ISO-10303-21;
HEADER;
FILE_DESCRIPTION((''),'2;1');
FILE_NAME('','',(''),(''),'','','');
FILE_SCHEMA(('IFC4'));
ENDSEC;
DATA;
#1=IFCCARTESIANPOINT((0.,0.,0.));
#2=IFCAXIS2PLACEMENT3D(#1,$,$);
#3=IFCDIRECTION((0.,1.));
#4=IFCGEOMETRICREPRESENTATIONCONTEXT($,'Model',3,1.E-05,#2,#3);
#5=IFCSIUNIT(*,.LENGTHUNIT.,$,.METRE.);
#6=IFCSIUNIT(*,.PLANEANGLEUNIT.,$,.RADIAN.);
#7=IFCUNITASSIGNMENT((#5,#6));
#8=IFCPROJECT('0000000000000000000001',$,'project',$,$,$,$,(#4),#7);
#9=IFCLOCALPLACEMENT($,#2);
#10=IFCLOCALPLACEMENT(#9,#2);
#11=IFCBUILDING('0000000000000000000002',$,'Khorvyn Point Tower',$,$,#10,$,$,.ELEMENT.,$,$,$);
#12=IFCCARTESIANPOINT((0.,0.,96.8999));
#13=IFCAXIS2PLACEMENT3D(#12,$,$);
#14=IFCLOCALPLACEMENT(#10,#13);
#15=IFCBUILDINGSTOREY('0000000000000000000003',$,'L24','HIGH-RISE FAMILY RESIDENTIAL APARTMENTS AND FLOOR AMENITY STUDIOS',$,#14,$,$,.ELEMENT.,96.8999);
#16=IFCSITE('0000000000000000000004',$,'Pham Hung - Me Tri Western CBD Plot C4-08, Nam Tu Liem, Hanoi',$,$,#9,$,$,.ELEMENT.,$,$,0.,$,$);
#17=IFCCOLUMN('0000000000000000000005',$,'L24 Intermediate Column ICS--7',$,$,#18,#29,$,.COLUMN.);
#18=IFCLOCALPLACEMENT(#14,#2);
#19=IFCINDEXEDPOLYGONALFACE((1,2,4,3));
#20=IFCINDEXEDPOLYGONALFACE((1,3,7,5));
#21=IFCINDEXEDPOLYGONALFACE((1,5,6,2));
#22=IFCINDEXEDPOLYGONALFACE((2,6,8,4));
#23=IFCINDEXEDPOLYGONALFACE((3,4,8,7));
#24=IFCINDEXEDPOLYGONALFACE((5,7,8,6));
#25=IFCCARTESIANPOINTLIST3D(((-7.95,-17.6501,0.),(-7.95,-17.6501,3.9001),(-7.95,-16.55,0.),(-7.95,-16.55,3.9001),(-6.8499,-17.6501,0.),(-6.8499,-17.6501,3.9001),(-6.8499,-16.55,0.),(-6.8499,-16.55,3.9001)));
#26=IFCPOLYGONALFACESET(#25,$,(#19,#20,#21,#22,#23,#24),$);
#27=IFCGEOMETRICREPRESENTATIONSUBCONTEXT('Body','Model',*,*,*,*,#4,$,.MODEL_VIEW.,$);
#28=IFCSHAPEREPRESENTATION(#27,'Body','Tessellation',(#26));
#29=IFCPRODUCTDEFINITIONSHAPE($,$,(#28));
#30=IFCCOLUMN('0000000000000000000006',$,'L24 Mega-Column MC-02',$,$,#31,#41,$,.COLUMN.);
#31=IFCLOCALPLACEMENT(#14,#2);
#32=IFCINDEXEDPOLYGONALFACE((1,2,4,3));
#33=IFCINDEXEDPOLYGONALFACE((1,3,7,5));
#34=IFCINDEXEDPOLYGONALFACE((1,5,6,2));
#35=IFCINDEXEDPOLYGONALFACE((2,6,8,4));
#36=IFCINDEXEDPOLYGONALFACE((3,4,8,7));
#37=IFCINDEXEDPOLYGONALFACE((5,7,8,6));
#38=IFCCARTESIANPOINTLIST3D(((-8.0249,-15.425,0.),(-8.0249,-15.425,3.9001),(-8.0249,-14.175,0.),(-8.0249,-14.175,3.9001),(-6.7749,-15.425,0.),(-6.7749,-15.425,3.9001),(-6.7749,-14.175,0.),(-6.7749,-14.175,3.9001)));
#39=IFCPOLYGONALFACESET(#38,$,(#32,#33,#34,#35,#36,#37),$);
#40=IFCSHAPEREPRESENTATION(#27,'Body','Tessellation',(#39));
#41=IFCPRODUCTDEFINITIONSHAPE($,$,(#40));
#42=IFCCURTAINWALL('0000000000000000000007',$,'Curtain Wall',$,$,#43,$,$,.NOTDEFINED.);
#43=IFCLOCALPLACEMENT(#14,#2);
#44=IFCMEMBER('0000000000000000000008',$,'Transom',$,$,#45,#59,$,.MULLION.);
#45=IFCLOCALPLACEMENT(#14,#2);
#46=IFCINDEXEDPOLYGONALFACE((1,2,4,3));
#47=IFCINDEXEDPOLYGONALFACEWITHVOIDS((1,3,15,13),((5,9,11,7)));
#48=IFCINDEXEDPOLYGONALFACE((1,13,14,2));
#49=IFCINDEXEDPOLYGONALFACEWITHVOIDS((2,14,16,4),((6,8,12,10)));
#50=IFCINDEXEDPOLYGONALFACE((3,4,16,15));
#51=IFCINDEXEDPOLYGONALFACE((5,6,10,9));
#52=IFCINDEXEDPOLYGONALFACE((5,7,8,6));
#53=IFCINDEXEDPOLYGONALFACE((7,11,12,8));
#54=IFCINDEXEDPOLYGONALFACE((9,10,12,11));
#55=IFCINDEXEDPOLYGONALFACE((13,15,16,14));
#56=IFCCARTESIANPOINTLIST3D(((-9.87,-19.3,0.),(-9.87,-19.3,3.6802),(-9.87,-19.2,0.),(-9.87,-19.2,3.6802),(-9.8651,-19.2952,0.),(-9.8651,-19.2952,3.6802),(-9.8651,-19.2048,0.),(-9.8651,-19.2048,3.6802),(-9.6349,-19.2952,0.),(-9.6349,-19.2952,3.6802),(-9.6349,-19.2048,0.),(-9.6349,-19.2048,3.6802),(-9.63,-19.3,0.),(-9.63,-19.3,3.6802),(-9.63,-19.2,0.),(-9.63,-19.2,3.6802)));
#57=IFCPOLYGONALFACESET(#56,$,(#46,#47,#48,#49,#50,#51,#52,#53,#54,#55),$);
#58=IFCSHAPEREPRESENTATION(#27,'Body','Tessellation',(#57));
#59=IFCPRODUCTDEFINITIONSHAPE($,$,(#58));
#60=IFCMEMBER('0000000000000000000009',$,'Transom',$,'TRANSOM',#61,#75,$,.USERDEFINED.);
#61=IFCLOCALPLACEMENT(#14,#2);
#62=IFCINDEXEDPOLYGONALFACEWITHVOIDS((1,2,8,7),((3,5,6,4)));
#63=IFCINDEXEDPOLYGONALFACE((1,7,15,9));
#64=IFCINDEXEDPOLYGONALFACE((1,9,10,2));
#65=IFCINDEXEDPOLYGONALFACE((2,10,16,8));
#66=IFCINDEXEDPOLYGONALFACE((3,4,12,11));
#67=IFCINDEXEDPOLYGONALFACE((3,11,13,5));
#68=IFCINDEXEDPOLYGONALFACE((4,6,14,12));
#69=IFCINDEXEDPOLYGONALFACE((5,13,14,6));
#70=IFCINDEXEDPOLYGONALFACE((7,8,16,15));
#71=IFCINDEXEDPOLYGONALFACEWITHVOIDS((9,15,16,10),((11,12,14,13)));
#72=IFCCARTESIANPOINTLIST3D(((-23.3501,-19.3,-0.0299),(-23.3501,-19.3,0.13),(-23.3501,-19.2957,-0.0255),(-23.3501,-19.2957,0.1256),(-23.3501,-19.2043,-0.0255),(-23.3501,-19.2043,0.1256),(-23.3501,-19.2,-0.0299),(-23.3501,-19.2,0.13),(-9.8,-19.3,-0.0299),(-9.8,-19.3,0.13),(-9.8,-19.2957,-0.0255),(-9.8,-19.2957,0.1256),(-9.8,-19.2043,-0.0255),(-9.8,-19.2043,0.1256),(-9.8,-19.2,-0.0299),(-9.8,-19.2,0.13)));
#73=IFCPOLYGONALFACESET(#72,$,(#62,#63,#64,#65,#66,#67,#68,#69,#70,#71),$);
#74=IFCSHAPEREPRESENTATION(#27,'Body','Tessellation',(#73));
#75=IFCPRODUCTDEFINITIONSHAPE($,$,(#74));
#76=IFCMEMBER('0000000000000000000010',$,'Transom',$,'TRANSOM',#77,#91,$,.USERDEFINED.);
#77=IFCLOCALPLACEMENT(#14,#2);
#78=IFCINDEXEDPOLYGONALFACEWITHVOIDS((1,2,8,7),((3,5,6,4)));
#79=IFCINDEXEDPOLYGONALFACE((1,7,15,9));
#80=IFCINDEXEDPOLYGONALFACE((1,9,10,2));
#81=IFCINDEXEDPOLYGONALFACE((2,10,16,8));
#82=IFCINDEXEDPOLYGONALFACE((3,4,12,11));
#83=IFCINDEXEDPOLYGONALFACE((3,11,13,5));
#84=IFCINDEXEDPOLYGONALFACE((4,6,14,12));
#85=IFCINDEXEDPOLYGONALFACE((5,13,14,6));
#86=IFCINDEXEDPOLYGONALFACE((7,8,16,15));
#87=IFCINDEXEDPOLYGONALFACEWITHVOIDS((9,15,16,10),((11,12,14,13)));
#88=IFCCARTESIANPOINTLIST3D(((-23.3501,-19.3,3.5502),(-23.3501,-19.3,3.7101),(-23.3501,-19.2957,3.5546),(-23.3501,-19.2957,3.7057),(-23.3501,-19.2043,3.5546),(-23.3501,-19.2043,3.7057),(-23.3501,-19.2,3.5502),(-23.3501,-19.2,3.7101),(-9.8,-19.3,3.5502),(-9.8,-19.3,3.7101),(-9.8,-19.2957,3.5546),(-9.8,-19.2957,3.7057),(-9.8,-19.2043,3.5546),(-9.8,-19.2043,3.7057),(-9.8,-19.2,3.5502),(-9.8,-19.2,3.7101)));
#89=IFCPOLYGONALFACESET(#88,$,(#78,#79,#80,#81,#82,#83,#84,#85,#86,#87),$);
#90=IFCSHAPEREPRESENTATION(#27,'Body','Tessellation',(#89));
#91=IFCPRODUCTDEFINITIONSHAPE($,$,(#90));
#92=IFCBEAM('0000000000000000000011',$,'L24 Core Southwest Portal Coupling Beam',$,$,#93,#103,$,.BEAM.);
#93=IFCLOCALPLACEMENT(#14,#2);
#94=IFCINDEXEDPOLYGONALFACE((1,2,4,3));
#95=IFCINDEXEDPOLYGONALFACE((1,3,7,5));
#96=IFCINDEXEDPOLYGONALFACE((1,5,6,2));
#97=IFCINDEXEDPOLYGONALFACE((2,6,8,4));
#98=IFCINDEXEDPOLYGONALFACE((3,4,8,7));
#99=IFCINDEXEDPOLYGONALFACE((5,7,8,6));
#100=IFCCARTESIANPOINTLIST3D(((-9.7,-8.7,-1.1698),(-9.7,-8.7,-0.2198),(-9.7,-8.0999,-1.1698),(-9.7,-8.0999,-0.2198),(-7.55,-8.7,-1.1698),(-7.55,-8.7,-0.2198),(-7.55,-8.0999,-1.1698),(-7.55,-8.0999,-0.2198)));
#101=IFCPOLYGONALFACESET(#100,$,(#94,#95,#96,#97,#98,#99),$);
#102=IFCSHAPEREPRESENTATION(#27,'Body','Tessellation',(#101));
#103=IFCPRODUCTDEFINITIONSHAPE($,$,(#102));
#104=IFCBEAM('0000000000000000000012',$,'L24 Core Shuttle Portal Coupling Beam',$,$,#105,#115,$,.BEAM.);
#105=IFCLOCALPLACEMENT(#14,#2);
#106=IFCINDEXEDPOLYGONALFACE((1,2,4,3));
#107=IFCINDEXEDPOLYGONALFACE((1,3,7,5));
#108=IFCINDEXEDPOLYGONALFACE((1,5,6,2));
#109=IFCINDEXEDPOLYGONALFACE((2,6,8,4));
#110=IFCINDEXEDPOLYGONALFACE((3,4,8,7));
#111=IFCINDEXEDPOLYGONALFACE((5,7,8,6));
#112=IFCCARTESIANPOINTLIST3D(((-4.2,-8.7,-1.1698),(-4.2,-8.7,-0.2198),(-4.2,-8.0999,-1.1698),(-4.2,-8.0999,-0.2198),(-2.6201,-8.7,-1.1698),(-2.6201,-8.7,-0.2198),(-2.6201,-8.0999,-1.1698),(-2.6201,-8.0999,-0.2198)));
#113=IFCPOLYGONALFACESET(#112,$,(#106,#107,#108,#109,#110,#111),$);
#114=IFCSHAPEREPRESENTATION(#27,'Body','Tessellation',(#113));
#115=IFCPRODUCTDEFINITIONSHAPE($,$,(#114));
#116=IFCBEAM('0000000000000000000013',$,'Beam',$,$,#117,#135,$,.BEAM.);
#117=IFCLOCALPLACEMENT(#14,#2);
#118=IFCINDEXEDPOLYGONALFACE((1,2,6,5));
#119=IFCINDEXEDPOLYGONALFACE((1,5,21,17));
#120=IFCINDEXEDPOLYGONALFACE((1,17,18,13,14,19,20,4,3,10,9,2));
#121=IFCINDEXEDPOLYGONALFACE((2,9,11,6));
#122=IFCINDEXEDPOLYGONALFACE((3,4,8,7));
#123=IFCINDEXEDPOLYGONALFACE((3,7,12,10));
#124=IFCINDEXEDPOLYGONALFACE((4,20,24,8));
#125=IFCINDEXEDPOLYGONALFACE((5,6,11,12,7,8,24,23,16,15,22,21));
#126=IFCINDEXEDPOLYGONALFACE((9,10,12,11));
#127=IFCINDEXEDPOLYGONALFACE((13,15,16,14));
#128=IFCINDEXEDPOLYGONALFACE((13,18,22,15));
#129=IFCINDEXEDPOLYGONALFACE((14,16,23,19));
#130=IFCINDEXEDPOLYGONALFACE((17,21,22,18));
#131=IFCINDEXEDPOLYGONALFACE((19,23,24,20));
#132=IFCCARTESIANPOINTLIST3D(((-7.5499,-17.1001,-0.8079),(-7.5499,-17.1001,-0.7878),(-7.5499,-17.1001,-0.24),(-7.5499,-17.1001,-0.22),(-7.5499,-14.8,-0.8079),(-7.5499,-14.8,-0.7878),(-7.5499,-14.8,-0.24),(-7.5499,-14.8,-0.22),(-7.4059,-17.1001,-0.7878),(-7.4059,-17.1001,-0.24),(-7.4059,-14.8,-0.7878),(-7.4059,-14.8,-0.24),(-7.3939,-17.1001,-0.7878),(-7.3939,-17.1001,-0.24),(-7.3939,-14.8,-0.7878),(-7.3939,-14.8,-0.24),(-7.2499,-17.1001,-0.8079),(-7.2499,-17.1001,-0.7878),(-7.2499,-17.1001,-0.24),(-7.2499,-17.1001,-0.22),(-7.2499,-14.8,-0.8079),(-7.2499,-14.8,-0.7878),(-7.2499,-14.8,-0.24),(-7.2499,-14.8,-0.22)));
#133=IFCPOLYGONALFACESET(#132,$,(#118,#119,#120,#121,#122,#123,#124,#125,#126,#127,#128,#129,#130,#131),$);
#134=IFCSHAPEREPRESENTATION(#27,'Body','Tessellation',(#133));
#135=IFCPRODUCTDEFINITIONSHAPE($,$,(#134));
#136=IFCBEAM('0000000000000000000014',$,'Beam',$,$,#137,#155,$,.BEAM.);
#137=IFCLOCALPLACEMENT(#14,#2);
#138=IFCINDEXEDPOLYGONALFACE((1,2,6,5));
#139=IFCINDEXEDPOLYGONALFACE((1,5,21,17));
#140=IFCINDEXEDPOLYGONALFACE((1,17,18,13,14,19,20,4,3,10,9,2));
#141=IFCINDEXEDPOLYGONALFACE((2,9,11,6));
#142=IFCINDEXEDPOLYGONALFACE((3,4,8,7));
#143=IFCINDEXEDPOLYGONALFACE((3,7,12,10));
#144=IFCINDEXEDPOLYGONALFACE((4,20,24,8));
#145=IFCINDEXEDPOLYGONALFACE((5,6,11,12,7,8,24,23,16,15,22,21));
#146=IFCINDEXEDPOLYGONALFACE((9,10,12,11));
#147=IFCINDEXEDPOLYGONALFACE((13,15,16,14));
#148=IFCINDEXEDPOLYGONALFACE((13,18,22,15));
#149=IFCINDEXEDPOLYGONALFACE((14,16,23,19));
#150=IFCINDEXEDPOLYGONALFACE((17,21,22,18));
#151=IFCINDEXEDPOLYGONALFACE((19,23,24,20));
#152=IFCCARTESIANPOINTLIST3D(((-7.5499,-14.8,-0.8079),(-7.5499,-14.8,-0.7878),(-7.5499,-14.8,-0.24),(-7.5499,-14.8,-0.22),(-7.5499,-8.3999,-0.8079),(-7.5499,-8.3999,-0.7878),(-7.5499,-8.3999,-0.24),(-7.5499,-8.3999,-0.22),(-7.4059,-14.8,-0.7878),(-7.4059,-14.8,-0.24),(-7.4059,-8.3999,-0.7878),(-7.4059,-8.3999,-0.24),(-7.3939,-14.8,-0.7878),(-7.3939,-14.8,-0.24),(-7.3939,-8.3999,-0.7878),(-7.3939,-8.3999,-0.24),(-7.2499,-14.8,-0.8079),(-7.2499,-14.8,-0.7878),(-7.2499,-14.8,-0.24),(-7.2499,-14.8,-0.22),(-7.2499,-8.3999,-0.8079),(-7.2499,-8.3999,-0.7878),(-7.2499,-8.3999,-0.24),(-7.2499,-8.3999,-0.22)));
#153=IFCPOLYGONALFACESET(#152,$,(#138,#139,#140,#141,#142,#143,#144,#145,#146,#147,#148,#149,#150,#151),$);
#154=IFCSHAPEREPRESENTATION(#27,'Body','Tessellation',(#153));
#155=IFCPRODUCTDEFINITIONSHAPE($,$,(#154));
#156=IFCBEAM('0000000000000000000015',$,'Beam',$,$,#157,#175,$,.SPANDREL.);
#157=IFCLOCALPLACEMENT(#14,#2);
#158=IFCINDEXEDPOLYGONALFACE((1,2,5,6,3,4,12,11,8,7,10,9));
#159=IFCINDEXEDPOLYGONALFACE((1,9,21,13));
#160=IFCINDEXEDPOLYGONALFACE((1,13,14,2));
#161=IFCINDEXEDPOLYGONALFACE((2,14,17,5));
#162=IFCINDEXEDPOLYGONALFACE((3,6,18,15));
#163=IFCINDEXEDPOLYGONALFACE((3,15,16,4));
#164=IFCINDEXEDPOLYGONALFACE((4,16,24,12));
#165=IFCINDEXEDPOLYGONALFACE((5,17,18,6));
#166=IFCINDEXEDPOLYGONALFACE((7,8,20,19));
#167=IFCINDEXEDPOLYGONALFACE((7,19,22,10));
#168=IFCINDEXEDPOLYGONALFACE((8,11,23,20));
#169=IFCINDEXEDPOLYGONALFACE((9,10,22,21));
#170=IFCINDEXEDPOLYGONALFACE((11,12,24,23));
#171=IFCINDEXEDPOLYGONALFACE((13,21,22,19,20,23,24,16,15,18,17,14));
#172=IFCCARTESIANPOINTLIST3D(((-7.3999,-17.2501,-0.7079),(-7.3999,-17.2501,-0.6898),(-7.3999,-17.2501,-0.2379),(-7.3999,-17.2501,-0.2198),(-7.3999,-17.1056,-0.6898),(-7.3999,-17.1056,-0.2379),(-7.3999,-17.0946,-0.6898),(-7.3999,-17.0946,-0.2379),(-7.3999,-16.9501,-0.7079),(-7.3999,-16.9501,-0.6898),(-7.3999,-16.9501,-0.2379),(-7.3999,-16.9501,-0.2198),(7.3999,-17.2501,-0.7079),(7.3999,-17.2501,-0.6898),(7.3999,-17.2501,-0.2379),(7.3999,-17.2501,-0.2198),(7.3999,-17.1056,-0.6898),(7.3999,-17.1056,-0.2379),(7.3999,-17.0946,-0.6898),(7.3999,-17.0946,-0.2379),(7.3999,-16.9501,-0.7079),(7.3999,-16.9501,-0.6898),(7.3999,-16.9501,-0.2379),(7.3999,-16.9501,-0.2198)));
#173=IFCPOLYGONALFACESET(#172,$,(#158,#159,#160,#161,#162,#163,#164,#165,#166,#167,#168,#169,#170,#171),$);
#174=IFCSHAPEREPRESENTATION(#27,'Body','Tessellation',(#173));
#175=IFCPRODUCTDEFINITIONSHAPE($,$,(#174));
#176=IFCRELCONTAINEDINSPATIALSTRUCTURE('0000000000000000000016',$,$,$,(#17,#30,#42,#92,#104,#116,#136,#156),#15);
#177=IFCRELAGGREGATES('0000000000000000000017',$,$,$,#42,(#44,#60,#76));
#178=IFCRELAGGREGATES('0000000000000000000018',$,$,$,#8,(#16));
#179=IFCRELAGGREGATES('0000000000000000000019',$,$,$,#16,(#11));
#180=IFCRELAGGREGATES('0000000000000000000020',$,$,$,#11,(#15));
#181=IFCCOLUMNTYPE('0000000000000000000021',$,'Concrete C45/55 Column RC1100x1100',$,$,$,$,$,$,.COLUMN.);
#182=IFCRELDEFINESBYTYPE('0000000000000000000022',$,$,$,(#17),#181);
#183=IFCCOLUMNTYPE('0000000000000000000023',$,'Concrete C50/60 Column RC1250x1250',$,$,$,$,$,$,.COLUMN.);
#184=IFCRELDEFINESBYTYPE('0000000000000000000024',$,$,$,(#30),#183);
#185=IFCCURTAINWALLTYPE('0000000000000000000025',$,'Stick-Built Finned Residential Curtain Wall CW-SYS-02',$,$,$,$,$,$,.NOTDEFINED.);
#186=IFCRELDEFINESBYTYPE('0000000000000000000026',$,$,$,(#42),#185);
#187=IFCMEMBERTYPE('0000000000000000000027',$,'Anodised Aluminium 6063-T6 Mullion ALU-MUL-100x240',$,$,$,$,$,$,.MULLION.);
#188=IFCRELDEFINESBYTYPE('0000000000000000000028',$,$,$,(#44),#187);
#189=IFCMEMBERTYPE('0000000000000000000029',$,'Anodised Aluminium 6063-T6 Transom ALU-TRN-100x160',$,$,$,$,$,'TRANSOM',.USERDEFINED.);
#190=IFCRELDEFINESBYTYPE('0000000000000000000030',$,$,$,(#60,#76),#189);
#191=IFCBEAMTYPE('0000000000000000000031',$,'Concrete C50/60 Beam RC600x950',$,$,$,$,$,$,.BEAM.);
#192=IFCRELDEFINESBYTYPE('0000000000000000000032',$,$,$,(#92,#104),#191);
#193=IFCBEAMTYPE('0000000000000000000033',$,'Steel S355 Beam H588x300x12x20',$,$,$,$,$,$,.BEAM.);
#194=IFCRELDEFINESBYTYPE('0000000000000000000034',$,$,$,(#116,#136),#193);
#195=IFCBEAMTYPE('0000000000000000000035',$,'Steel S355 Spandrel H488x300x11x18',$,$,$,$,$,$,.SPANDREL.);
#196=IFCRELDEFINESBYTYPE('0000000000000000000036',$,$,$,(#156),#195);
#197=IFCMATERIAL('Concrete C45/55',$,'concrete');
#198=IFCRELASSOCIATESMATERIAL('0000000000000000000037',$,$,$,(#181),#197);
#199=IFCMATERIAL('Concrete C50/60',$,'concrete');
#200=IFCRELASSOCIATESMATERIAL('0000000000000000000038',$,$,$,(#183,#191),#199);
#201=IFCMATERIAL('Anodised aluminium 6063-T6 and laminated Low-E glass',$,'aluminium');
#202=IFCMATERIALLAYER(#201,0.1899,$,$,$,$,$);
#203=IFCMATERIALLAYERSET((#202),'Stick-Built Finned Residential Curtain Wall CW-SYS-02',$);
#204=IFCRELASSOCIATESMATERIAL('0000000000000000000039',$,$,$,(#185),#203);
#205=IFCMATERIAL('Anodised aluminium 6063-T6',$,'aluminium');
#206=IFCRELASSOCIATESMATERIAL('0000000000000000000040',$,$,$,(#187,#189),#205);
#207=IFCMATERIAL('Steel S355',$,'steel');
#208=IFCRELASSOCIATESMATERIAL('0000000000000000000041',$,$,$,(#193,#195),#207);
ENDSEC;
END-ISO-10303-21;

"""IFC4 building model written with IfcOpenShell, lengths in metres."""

from ifc_helpers import new_model, si_unit, direction, frame, origin, origin_2d, place, context, subcontext, project, spatial, rectangle, hollow_rectangle, i_section, extrude, material, layer, layer_set, material_profile, profile_set, type_object, element, aggregate, save


model = new_model("IFC4")

# Units and contexts
model_context = context("Model", 3, precision=1e-05, world=origin(), true_north=direction((0.0, 1.0)))
body_context = subcontext(model_context, "Body", "Model", "MODEL_VIEW")
ifc_project = project(units=[si_unit("LENGTHUNIT", "METRE"), si_unit("PLANEANGLEUNIT", "RADIAN")], contexts=[model_context])

# Site, building, storey
site_placement = place(None, origin())
site = spatial("IfcSite", under=ifc_project, at=site_placement, Name="Pham Hung - Me Tri Western CBD Plot C4-08, Nam Tu Liem, Hanoi", CompositionType="ELEMENT", RefElevation=0.0)
building_placement = place(site_placement, origin())
building = spatial("IfcBuilding", under=site, at=building_placement, Name="Khorvyn Point Tower", CompositionType="ELEMENT")
storey_placement = place(building_placement, frame((0.0, 0.0, 96.8999)))
storey = spatial("IfcBuildingStorey", under=building, at=storey_placement, Name="L24", Description="HIGH-RISE FAMILY RESIDENTIAL APARTMENTS AND FLOOR AMENITY STUDIOS", CompositionType="ELEMENT", Elevation=96.8999)

# Columns
ifc_material_1 = material(Name="Concrete C45/55", Category="concrete")
ifc_material_profile_1 = material_profile(ifc_material_1, rectangle(XDim=1.1001, YDim=1.1001, at=origin_2d()))
ifc_profile_set_1 = profile_set([ifc_material_profile_1], Name="Concrete C45/55 RC1100x1100")
column_type_1 = type_object("IfcColumnType", Name="Concrete C45/55 Column RC1100x1100", PredefinedType="COLUMN", material=ifc_profile_set_1)
column_1_placement = place(storey_placement, frame((-7.3999, -17.1001, 0.0), z_axis=(0.0, 0.0, 1.0), x_axis=(1.0, 0.0, 0.0)))
element("IfcColumn", 1, at=column_1_placement, inside=storey, type_object=column_type_1, Name="L24 Intermediate Column ICS--7", PredefinedType="COLUMN", context=body_context, shape_type="SweptSolid", body=[
    extrude(rectangle(XDim=1.1001, YDim=1.1001, at=origin_2d()), origin(), (0.0, 0.0, 1.0), 3.9001),
])
ifc_material_2 = material(Name="Concrete C50/60", Category="concrete")
ifc_material_profile_2 = material_profile(ifc_material_2, rectangle(XDim=1.25, YDim=1.25, at=origin_2d()))
ifc_profile_set_2 = profile_set([ifc_material_profile_2], Name="Concrete C50/60 RC1250x1250")
column_type_2 = type_object("IfcColumnType", Name="Concrete C50/60 Column RC1250x1250", PredefinedType="COLUMN", material=ifc_profile_set_2)
column_2_placement = place(storey_placement, frame((-7.3999, -14.8, 0.0), z_axis=(0.0, 0.0, 1.0), x_axis=(1.0, 0.0, 0.0)))
element("IfcColumn", 2, at=column_2_placement, inside=storey, type_object=column_type_2, Name="L24 Mega-Column MC-02", PredefinedType="COLUMN", context=body_context, shape_type="SweptSolid", body=[
    extrude(rectangle(XDim=1.25, YDim=1.25, at=origin_2d()), origin(), (0.0, 0.0, 1.0), 3.9001),
])

# Curtain wall, members
ifc_material_3 = material(Name="Anodised aluminium 6063-T6 and laminated Low-E glass", Category="aluminium")
ifc_layer_1 = layer(ifc_material_3, 0.1899)
ifc_layer_set_1 = layer_set([ifc_layer_1], Name="Stick-Built Finned Residential Curtain Wall CW-SYS-02")
curtain_wall_type = type_object("IfcCurtainWallType", Name="Stick-Built Finned Residential Curtain Wall CW-SYS-02", PredefinedType="NOTDEFINED", material=ifc_layer_set_1)
curtain_wall_placement = place(storey_placement, origin())
curtain_wall = element("IfcCurtainWall", 3, at=curtain_wall_placement, inside=storey, type_object=curtain_wall_type, Name="Curtain Wall", PredefinedType="NOTDEFINED")
ifc_material_4 = material(Name="Anodised aluminium 6063-T6", Category="aluminium")
ifc_material_profile_3 = material_profile(ifc_material_4, hollow_rectangle(XDim=0.1001, YDim=0.24, WallThickness=0.0049, at=origin_2d()))
ifc_profile_set_3 = profile_set([ifc_material_profile_3], Name="Anodised aluminium 6063-T6 ALU-MUL-100x240")
member_type_1 = type_object("IfcMemberType", Name="Anodised Aluminium 6063-T6 Mullion ALU-MUL-100x240", PredefinedType="MULLION", material=ifc_profile_set_3)
member_1_placement = place(storey_placement, frame((-9.75, -19.25, 0.0), z_axis=(0.0, 0.0, 1.0), x_axis=(0.0, -1.0, 0.0)))
member_1 = element("IfcMember", 4, at=member_1_placement, type_object=member_type_1, Name="Transom", PredefinedType="MULLION", context=body_context, shape_type="SweptSolid", body=[
    extrude(hollow_rectangle(XDim=0.1001, YDim=0.24, WallThickness=0.0049, at=origin_2d()), origin(), (0.0, 0.0, 1.0), 3.6802),
])
ifc_material_profile_4 = material_profile(ifc_material_4, hollow_rectangle(XDim=0.1001, YDim=0.1599, WallThickness=0.0044, at=origin_2d()))
ifc_profile_set_4 = profile_set([ifc_material_profile_4], Name="Anodised aluminium 6063-T6 ALU-TRN-100x160")
member_type_2 = type_object("IfcMemberType", Name="Anodised Aluminium 6063-T6 Transom ALU-TRN-100x160", ElementType="TRANSOM", PredefinedType="USERDEFINED", material=ifc_profile_set_4)
member_2_placement = place(storey_placement, frame((-9.8, -19.25, 0.05), z_axis=(-1.0, 0.0, 0.0), x_axis=(0.0, -1.0, 0.0)))
member_2 = element("IfcMember", 5, at=member_2_placement, type_object=member_type_2, Name="Transom", ObjectType="TRANSOM", PredefinedType="USERDEFINED", context=body_context, shape_type="SweptSolid", body=[
    extrude(hollow_rectangle(XDim=0.1001, YDim=0.1599, WallThickness=0.0044, at=origin_2d()), origin(), (0.0, 0.0, 1.0), 13.55),
])
member_3_placement = place(storey_placement, frame((-9.8, -19.25, 3.6301), z_axis=(-1.0, 0.0, 0.0), x_axis=(0.0, -1.0, 0.0)))
member_3 = element("IfcMember", 6, at=member_3_placement, type_object=member_type_2, Name="Transom", ObjectType="TRANSOM", PredefinedType="USERDEFINED", context=body_context, shape_type="SweptSolid", body=[
    extrude(hollow_rectangle(XDim=0.1001, YDim=0.1599, WallThickness=0.0044, at=origin_2d()), origin(), (0.0, 0.0, 1.0), 13.55),
])

# Beams
ifc_material_profile_5 = material_profile(ifc_material_2, rectangle(XDim=0.6001, YDim=0.95, at=origin_2d()))
ifc_profile_set_5 = profile_set([ifc_material_profile_5], Name="Concrete C50/60 RC600x950")
beam_type_1 = type_object("IfcBeamType", Name="Concrete C50/60 Beam RC600x950", PredefinedType="BEAM", material=ifc_profile_set_5)
beam_1_placement = place(storey_placement, frame((-9.7, -8.3999, -0.6948), z_axis=(1.0, 0.0, 0.0), x_axis=(0.0, 1.0, 0.0)))
element("IfcBeam", 7, at=beam_1_placement, inside=storey, type_object=beam_type_1, Name="L24 Core Southwest Portal Coupling Beam", PredefinedType="BEAM", context=body_context, shape_type="SweptSolid", body=[
    extrude(rectangle(XDim=0.6001, YDim=0.95, at=origin_2d()), origin(), (0.0, 0.0, 1.0), 2.1499),
])
beam_2_placement = place(storey_placement, frame((-4.2, -8.3999, -0.6948), z_axis=(1.0, 0.0, 0.0), x_axis=(0.0, 1.0, 0.0)))
element("IfcBeam", 8, at=beam_2_placement, inside=storey, type_object=beam_type_1, Name="L24 Core Shuttle Portal Coupling Beam", PredefinedType="BEAM", context=body_context, shape_type="SweptSolid", body=[
    extrude(rectangle(XDim=0.6001, YDim=0.95, at=origin_2d()), origin(), (0.0, 0.0, 1.0), 1.5798),
])
ifc_material_5 = material(Name="Steel S355", Category="steel")
ifc_material_profile_6 = material_profile(ifc_material_5, i_section(OverallWidth=0.3, OverallDepth=0.5879, WebThickness=0.012, FlangeThickness=0.02, at=origin_2d()))
ifc_profile_set_6 = profile_set([ifc_material_profile_6], Name="Steel S355 H588x300x12x20")
beam_type_2 = type_object("IfcBeamType", Name="Steel S355 Beam H588x300x12x20", PredefinedType="BEAM", material=ifc_profile_set_6)
beam_3_placement = place(storey_placement, frame((-7.3999, -17.1001, -0.5139), z_axis=(0.0, 1.0, 0.0), x_axis=(-1.0, 0.0, 0.0)))
element("IfcBeam", 9, at=beam_3_placement, inside=storey, type_object=beam_type_2, Name="Beam", PredefinedType="BEAM", context=body_context, shape_type="SweptSolid", body=[
    extrude(i_section(OverallWidth=0.3, OverallDepth=0.5879, WebThickness=0.012, FlangeThickness=0.02, at=origin_2d()), origin(), (0.0, 0.0, 1.0), 2.3),
])
beam_4_placement = place(storey_placement, frame((-7.3999, -14.8, -0.5139), z_axis=(0.0, 1.0, 0.0), x_axis=(-1.0, 0.0, 0.0)))
element("IfcBeam", 10, at=beam_4_placement, inside=storey, type_object=beam_type_2, Name="Beam", PredefinedType="BEAM", context=body_context, shape_type="SweptSolid", body=[
    extrude(i_section(OverallWidth=0.3, OverallDepth=0.5879, WebThickness=0.012, FlangeThickness=0.02, at=origin_2d()), origin(), (0.0, 0.0, 1.0), 6.4001),
])
ifc_material_profile_7 = material_profile(ifc_material_5, i_section(OverallWidth=0.3, OverallDepth=0.488, WebThickness=0.011, FlangeThickness=0.0181, at=origin_2d()))
ifc_profile_set_7 = profile_set([ifc_material_profile_7], Name="Steel S355 H488x300x11x18")
beam_type_3 = type_object("IfcBeamType", Name="Steel S355 Spandrel H488x300x11x18", PredefinedType="SPANDREL", material=ifc_profile_set_7)
beam_5_placement = place(storey_placement, frame((-7.3999, -17.1001, -0.4639), z_axis=(1.0, 0.0, 0.0), x_axis=(0.0, 1.0, 0.0)))
element("IfcBeam", 11, at=beam_5_placement, inside=storey, type_object=beam_type_3, Name="Beam", PredefinedType="SPANDREL", context=body_context, shape_type="SweptSolid", body=[
    extrude(i_section(OverallWidth=0.3, OverallDepth=0.488, WebThickness=0.011, FlangeThickness=0.0181, at=origin_2d()), origin(), (0.0, 0.0, 1.0), 14.7998),
])

aggregate(curtain_wall, [member_1, member_2, member_3])

save(model, "model.ifc")
